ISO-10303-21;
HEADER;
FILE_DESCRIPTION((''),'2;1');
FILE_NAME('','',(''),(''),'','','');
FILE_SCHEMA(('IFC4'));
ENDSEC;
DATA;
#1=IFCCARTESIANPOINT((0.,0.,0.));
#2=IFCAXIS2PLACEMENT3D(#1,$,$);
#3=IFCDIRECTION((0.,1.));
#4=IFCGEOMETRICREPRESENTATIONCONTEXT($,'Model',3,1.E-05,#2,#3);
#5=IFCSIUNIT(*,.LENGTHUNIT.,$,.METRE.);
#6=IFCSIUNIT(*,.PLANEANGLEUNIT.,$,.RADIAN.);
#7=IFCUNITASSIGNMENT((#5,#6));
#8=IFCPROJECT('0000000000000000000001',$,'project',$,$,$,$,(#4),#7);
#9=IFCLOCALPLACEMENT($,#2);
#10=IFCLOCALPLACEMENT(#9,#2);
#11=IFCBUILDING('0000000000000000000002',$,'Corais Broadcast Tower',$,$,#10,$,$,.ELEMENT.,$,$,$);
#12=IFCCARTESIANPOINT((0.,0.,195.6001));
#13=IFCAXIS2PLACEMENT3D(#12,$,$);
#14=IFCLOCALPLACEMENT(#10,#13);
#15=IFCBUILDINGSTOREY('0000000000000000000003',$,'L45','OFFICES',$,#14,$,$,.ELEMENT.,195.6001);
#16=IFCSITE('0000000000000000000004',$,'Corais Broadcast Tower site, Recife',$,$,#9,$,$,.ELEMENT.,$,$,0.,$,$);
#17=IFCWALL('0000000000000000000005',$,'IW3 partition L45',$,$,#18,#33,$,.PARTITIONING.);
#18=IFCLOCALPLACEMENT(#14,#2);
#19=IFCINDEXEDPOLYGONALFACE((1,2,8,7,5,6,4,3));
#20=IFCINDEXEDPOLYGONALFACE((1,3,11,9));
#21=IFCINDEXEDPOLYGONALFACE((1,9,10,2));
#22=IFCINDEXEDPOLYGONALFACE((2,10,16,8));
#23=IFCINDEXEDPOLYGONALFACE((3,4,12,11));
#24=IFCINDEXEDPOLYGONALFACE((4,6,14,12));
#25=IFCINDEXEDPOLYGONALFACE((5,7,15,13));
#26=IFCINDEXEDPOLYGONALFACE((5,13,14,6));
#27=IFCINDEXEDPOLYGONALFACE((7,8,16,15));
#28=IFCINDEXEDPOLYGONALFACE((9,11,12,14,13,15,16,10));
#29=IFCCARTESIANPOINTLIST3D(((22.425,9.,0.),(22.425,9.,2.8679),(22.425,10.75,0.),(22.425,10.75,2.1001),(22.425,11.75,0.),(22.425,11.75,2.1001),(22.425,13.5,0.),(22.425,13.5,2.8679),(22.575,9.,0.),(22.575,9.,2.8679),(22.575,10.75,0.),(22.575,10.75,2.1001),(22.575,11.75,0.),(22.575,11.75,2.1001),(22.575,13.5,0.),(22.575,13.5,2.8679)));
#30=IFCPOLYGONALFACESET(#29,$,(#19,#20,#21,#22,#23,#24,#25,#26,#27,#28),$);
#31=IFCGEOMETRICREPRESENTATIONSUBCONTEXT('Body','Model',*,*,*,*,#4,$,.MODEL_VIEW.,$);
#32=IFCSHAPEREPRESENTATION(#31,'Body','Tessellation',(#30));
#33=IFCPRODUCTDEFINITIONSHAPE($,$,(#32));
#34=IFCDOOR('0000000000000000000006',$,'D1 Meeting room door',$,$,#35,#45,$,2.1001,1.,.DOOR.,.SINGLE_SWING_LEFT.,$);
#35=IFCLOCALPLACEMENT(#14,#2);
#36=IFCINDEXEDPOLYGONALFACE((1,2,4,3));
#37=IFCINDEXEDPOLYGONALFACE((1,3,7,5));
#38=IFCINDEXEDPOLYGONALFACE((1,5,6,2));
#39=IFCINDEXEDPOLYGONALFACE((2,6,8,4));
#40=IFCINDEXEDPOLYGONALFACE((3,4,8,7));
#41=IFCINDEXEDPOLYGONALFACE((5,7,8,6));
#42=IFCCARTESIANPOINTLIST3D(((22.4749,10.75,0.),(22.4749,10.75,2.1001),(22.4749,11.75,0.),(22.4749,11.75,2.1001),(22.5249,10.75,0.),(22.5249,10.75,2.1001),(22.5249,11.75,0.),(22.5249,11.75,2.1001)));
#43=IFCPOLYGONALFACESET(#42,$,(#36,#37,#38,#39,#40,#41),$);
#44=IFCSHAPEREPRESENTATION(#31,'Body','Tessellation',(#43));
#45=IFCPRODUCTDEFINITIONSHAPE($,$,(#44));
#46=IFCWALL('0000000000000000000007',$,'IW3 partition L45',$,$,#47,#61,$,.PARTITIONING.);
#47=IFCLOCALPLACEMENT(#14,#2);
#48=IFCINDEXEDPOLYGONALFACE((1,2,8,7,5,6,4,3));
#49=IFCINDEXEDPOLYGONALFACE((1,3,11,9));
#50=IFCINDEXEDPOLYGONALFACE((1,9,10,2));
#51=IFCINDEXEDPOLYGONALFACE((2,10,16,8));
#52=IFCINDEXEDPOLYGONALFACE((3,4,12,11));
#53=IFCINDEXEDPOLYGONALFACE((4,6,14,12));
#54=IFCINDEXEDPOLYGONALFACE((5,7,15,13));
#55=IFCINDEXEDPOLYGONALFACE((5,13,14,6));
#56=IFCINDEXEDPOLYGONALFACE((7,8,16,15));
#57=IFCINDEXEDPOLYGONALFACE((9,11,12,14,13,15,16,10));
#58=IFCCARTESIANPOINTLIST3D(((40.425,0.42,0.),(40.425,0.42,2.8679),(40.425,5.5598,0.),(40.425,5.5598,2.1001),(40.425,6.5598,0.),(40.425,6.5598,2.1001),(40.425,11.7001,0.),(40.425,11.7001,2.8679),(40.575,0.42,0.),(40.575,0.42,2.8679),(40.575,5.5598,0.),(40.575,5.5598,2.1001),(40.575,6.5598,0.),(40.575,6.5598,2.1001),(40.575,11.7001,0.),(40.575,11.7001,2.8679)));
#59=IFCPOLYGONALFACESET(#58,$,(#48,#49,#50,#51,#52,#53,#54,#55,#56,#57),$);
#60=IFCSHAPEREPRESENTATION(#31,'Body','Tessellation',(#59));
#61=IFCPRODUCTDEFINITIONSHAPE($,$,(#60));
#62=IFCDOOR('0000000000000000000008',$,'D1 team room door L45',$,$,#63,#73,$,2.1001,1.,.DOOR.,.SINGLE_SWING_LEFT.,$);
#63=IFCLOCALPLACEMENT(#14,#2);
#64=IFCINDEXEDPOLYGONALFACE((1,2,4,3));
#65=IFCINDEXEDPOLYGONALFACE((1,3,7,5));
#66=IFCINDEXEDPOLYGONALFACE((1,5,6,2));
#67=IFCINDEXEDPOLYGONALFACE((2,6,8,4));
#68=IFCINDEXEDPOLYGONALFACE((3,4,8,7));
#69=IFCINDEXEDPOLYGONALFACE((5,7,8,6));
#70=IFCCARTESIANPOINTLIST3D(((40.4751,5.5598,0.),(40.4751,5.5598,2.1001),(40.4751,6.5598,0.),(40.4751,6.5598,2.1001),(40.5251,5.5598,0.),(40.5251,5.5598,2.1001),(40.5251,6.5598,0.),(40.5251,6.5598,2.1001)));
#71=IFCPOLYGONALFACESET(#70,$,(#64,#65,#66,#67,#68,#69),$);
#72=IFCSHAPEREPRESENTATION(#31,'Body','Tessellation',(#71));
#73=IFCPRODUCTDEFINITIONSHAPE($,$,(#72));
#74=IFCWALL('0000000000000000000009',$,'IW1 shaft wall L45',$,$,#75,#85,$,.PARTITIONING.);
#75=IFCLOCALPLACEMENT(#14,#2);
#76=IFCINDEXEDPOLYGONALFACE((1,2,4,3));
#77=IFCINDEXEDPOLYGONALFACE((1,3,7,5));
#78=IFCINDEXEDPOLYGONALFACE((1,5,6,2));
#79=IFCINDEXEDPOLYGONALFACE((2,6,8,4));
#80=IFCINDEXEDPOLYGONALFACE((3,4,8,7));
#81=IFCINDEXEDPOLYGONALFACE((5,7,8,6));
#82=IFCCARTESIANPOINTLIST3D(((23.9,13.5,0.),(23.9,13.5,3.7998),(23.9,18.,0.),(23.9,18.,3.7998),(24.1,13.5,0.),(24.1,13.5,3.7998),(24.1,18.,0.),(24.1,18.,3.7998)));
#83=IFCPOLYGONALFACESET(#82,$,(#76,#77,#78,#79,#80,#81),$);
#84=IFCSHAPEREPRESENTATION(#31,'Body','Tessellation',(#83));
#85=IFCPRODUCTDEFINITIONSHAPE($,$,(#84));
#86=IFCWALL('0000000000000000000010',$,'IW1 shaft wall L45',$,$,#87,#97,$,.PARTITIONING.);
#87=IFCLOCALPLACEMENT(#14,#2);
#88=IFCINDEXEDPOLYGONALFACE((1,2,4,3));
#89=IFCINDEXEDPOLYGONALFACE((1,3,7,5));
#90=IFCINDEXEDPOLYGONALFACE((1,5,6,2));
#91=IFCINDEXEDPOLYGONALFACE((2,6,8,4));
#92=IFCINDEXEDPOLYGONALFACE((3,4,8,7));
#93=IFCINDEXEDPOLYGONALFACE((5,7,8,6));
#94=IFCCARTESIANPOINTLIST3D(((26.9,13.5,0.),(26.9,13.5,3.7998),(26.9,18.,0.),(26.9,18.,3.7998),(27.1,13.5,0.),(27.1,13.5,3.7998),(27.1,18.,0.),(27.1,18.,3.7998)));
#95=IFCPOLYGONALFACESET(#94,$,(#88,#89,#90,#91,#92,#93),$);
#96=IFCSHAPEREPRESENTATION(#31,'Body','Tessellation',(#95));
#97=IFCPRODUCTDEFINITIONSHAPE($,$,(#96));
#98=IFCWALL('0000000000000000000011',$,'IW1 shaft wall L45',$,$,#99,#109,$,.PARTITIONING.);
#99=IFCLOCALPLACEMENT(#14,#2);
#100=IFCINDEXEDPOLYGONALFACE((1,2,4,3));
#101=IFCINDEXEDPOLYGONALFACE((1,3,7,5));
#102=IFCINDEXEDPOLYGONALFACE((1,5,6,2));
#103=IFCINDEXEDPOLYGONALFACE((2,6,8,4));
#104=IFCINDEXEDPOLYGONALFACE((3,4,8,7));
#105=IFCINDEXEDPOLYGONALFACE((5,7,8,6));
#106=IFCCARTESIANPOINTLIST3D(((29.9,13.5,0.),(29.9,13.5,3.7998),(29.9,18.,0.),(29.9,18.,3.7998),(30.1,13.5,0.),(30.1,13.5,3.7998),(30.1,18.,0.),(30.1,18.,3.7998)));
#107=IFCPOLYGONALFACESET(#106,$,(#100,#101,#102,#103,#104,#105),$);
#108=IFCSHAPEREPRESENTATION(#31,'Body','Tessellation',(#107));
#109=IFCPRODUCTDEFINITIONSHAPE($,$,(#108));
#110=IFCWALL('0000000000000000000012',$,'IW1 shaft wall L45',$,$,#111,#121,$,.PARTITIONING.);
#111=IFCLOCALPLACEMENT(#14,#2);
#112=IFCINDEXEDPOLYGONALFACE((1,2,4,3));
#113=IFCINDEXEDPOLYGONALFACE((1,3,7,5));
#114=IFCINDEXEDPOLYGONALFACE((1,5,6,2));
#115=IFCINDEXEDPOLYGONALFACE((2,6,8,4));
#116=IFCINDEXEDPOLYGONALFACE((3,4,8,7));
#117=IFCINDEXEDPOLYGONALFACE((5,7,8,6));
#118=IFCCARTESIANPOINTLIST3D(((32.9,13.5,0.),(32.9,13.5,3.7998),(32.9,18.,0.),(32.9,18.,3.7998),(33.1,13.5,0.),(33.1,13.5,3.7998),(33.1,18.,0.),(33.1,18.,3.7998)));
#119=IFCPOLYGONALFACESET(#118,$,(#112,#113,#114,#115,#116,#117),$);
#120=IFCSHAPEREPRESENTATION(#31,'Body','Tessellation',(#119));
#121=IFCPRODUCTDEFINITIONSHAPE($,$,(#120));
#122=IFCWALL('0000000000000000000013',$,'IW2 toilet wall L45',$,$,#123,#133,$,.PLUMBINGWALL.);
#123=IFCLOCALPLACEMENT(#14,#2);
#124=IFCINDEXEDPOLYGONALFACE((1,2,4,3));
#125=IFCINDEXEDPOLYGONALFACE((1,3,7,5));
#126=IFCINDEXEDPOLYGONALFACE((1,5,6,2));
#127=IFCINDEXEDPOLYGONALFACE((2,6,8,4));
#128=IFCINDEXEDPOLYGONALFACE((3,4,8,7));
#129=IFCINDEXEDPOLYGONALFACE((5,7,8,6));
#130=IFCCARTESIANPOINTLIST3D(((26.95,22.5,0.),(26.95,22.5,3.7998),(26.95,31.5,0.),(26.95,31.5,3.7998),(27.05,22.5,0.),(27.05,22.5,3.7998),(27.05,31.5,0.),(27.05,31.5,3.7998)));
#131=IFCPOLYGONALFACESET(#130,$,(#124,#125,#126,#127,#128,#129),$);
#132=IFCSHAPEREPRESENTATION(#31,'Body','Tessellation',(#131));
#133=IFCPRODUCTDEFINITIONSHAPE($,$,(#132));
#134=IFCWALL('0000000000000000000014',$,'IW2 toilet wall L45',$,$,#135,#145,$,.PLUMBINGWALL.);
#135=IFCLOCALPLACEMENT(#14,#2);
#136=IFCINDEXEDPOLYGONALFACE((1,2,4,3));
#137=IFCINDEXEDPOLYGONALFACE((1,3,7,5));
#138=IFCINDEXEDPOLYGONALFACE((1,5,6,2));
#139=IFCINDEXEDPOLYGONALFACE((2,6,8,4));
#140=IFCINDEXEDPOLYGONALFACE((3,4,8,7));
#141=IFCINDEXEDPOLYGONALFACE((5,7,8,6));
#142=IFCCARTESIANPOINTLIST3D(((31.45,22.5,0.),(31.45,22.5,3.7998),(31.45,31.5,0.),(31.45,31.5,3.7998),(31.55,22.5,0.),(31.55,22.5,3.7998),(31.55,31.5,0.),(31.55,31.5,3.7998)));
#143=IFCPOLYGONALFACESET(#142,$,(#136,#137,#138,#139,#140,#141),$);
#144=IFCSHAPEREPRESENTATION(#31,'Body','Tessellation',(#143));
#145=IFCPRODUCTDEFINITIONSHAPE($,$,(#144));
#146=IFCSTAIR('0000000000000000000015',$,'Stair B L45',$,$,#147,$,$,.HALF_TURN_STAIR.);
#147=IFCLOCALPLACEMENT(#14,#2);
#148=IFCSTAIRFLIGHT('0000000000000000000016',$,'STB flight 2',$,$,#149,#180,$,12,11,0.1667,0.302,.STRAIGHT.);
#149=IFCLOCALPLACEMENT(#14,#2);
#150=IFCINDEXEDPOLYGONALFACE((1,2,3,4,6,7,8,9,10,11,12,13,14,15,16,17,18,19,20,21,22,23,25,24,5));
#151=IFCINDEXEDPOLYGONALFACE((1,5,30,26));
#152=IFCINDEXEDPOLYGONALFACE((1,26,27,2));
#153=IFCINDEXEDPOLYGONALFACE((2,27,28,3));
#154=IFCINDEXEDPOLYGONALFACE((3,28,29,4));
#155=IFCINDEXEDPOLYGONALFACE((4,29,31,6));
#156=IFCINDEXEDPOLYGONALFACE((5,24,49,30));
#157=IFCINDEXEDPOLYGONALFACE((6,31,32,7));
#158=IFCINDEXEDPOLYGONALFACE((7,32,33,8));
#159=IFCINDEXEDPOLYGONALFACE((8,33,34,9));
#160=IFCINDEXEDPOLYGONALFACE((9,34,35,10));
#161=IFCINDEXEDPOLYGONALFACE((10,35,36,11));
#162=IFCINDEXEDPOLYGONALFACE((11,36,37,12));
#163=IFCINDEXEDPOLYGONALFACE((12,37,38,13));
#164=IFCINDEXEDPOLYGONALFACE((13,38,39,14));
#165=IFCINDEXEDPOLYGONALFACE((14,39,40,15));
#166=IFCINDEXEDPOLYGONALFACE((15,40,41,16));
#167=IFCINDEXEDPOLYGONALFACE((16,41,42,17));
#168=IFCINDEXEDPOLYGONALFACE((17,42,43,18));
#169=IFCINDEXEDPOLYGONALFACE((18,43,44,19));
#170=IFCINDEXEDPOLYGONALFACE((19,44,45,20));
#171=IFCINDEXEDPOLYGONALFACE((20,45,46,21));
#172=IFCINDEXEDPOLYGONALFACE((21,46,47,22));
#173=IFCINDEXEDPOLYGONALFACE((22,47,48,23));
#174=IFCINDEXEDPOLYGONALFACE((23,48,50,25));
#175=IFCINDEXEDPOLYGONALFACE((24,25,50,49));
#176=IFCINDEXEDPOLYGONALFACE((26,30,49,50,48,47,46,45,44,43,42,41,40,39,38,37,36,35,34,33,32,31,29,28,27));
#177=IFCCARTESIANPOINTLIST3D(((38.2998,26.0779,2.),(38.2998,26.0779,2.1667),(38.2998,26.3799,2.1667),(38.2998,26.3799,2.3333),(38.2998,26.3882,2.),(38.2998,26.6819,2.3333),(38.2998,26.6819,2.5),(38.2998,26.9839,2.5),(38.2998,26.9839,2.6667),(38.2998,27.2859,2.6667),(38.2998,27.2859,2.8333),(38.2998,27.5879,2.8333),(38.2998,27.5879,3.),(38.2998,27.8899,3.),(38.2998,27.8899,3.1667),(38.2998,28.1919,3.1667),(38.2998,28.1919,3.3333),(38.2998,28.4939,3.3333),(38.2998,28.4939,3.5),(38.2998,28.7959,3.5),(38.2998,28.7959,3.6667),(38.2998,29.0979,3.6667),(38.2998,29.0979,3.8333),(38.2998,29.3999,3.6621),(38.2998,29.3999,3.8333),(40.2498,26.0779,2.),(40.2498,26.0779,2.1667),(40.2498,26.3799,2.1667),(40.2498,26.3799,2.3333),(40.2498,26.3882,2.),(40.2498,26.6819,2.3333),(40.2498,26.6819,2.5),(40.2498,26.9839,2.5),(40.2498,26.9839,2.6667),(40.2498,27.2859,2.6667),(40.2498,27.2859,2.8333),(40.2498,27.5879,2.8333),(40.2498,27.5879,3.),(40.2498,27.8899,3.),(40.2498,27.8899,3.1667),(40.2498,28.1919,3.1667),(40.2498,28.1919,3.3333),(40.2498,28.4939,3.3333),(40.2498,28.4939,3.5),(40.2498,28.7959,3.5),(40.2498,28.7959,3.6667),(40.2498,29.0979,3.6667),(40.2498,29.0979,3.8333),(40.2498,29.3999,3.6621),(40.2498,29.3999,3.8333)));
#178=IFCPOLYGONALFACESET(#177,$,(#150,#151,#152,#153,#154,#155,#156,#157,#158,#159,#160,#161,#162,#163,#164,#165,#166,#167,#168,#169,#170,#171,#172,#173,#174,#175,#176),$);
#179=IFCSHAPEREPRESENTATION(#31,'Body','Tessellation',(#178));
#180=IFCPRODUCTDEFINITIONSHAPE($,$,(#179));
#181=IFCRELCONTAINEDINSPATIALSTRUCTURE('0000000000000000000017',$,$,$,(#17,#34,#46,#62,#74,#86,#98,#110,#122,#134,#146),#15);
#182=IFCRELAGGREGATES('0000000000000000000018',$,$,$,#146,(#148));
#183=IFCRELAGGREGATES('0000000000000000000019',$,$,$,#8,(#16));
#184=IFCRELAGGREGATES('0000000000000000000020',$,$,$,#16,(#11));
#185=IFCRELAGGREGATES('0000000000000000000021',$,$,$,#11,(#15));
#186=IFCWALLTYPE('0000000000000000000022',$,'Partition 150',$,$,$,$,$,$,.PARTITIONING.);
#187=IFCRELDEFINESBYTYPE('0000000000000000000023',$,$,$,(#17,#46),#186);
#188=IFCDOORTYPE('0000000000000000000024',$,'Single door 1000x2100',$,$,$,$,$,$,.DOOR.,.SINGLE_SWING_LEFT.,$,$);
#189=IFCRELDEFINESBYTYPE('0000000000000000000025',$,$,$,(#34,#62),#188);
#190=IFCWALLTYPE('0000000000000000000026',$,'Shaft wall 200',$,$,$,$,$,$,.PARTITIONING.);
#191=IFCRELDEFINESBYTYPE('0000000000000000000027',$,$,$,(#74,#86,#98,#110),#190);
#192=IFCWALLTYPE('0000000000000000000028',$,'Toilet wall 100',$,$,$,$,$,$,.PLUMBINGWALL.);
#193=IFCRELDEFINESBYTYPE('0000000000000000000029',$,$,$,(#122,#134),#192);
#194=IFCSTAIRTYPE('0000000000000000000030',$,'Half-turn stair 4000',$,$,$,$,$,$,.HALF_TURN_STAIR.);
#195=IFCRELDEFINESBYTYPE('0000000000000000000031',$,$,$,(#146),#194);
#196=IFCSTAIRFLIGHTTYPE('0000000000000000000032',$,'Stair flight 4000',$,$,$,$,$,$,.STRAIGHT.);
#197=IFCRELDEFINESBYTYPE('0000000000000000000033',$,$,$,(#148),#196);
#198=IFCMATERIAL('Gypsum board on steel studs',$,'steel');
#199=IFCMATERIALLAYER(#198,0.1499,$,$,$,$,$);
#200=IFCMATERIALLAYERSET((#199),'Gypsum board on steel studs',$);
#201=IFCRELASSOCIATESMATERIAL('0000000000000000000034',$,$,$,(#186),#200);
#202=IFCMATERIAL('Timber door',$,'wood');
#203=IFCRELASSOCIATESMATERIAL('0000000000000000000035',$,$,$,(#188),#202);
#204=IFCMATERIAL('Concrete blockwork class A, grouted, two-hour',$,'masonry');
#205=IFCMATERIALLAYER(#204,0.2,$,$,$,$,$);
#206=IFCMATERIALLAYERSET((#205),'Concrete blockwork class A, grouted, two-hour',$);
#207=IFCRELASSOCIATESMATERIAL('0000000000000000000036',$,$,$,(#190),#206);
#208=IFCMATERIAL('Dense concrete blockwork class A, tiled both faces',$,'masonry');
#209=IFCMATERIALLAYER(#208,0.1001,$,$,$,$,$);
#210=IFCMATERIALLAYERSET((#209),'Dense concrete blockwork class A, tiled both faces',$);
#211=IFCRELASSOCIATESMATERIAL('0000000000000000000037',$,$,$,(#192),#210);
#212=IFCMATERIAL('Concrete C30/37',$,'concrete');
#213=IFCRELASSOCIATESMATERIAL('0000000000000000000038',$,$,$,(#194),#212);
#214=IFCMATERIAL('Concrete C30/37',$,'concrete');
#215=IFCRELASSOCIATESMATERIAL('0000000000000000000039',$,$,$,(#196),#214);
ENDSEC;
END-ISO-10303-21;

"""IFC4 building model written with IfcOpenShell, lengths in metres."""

from ifc_helpers import new_model, si_unit, direction, frame, frame_2d, origin, place, context, subcontext, project, spatial, polyline, rectangle, outline, extrude, material, layer, layer_set, type_object, element, fill, aggregate, save


model = new_model("IFC4")

# Units and contexts
model_context = context("Model", 3, precision=1e-05, world=origin(), true_north=direction((0.0, 1.0)))
body_context = subcontext(model_context, "Body", "Model", "MODEL_VIEW")
ifc_project = project(units=[si_unit("LENGTHUNIT", "METRE"), si_unit("PLANEANGLEUNIT", "RADIAN")], contexts=[model_context])

# Site, building, storey
site_placement = place(None, origin())
site = spatial("IfcSite", under=ifc_project, at=site_placement, Name="Corais Broadcast Tower site, Recife", CompositionType="ELEMENT", RefElevation=0.0)
building_placement = place(site_placement, origin())
building = spatial("IfcBuilding", under=site, at=building_placement, Name="Corais Broadcast Tower", CompositionType="ELEMENT")
storey_placement = place(building_placement, frame((0.0, 0.0, 195.6001)))
storey = spatial("IfcBuildingStorey", under=building, at=storey_placement, Name="L45", Description="OFFICES", CompositionType="ELEMENT", Elevation=195.6001)

# Shared definitions
ifc_material_1 = material(Name="Gypsum board on steel studs", Category="steel")
ifc_layer_1 = layer(ifc_material_1, 0.1499)
ifc_layer_set_1 = layer_set([ifc_layer_1], Name="Gypsum board on steel studs")
wall_type_1 = type_object("IfcWallType", Name="Partition 150", PredefinedType="PARTITIONING", material=ifc_layer_set_1)
ifc_material_2 = material(Name="Timber door", Category="wood")
door_type_1 = type_object("IfcDoorType", Name="Single door 1000x2100", OperationType="SINGLE_SWING_LEFT", PredefinedType="DOOR", material=ifc_material_2)

# Walls, openings, doors
wall_1_placement = place(storey_placement, frame((22.5, 13.5, 0.0), z_axis=(0.0, 0.0, 1.0), x_axis=(0.0, -1.0, 0.0)))
wall_1 = element("IfcWall", 1, at=wall_1_placement, inside=storey, type_object=wall_type_1, Name="IW3 partition L45", PredefinedType="PARTITIONING", context=body_context, shape_type="SweptSolid", body=[
    extrude(rectangle(XDim=4.5, YDim=0.1499, at=frame_2d((2.25, 0.0))), origin(), (0.0, 0.0, 1.0), 2.8679),
])
opening_1_placement = place(wall_1_placement, frame((1.75, 0.0, 0.0)))
opening_1 = element("IfcOpeningElement", 2, at=opening_1_placement, cuts=wall_1, PredefinedType="OPENING", context=body_context, shape_type="SweptSolid", body=[
    extrude(rectangle(XDim=1.0, YDim=2.1001, at=frame_2d((0.5, 1.05))), frame((0.0, 0.085, 0.0), z_axis=(0.0, -1.0, 0.0), x_axis=(1.0, 0.0, 0.0)), (0.0, 0.0, 1.0), 0.1699),
])
door_1_placement = place(opening_1_placement, origin())
door_1 = element("IfcDoor", 3, at=door_1_placement, inside=storey, type_object=door_type_1, Name="D1 Meeting room door", OperationType="SINGLE_SWING_LEFT", OverallHeight=2.1001, OverallWidth=1.0, PredefinedType="DOOR", context=body_context, shape_type="SweptSolid", body=[
    extrude(rectangle(XDim=1.0, YDim=2.1001, at=frame_2d((0.5, 1.05))), frame((0.0, 0.0249, 0.0), z_axis=(0.0, -1.0, 0.0), x_axis=(1.0, 0.0, 0.0)), (0.0, 0.0, 1.0), 0.05),
])
fill(opening_1, door_1)
wall_2_placement = place(storey_placement, frame((40.5, 0.4199, 0.0), z_axis=(0.0, 0.0, 1.0), x_axis=(0.0, 1.0, 0.0)))
wall_2 = element("IfcWall", 4, at=wall_2_placement, inside=storey, type_object=wall_type_1, Name="IW3 partition L45", PredefinedType="PARTITIONING", context=body_context, shape_type="SweptSolid", body=[
    extrude(rectangle(XDim=11.28, YDim=0.1499, at=frame_2d((5.6401, 0.0))), origin(), (0.0, 0.0, 1.0), 2.8679),
])
opening_2_placement = place(wall_2_placement, frame((5.1399, 0.0, 0.0)))
opening_2 = element("IfcOpeningElement", 5, at=opening_2_placement, cuts=wall_2, PredefinedType="OPENING", context=body_context, shape_type="SweptSolid", body=[
    extrude(rectangle(XDim=1.0, YDim=2.1001, at=frame_2d((0.5, 1.05))), frame((0.0, 0.085, 0.0), z_axis=(0.0, -1.0, 0.0), x_axis=(1.0, 0.0, 0.0)), (0.0, 0.0, 1.0), 0.1699),
])
door_2_placement = place(opening_2_placement, origin())
door_2 = element("IfcDoor", 6, at=door_2_placement, inside=storey, type_object=door_type_1, Name="D1 team room door L45", OperationType="SINGLE_SWING_LEFT", OverallHeight=2.1001, OverallWidth=1.0, PredefinedType="DOOR", context=body_context, shape_type="SweptSolid", body=[
    extrude(rectangle(XDim=1.0, YDim=2.1001, at=frame_2d((0.5, 1.05))), frame((0.0, 0.0249, 0.0), z_axis=(0.0, -1.0, 0.0), x_axis=(1.0, 0.0, 0.0)), (0.0, 0.0, 1.0), 0.05),
])
fill(opening_2, door_2)

# Walls
ifc_material_3 = material(Name="Concrete blockwork class A, grouted, two-hour", Category="masonry")
ifc_layer_2 = layer(ifc_material_3, 0.2)
ifc_layer_set_2 = layer_set([ifc_layer_2], Name="Concrete blockwork class A, grouted, two-hour")
wall_type_2 = type_object("IfcWallType", Name="Shaft wall 200", PredefinedType="PARTITIONING", material=ifc_layer_set_2)
for number, where, z_axis, x_axis, name in (
    (7, (24.0, 13.5, 0.0), (0.0, 0.0, 1.0), (0.0, 1.0, 0.0), "IW1 shaft wall L45"),
    (8, (27.0, 13.5, 0.0), (0.0, 0.0, 1.0), (0.0, 1.0, 0.0), "IW1 shaft wall L45"),
    (9, (30.0, 13.5, 0.0), (0.0, 0.0, 1.0), (0.0, 1.0, 0.0), "IW1 shaft wall L45"),
    (10, (33.0, 13.5, 0.0), (0.0, 0.0, 1.0), (0.0, 1.0, 0.0), "IW1 shaft wall L45"),
):
    element("IfcWall", number, at=place(storey_placement, frame(where, z_axis=z_axis, x_axis=x_axis)), inside=storey, type_object=wall_type_2, Name=name, PredefinedType="PARTITIONING", context=body_context, shape_type="SweptSolid", body=[
        extrude(rectangle(XDim=4.5, YDim=0.2, at=frame_2d((2.25, 0.0))), origin(), (0.0, 0.0, 1.0), 3.7998),
    ])
ifc_material_4 = material(Name="Dense concrete blockwork class A, tiled both faces", Category="masonry")
ifc_layer_3 = layer(ifc_material_4, 0.1001)
ifc_layer_set_3 = layer_set([ifc_layer_3], Name="Dense concrete blockwork class A, tiled both faces")
wall_type_3 = type_object("IfcWallType", Name="Toilet wall 100", PredefinedType="PLUMBINGWALL", material=ifc_layer_set_3)
for number, where, z_axis, x_axis, name in (
    (11, (27.0, 22.5, 0.0), (0.0, 0.0, 1.0), (0.0, 1.0, 0.0), "IW2 toilet wall L45"),
    (12, (31.5, 22.5, 0.0), (0.0, 0.0, 1.0), (0.0, 1.0, 0.0), "IW2 toilet wall L45"),
):
    element("IfcWall", number, at=place(storey_placement, frame(where, z_axis=z_axis, x_axis=x_axis)), inside=storey, type_object=wall_type_3, Name=name, PredefinedType="PLUMBINGWALL", context=body_context, shape_type="SweptSolid", body=[
        extrude(rectangle(XDim=9.0, YDim=0.1001, at=frame_2d((4.5, 0.0))), origin(), (0.0, 0.0, 1.0), 3.7998),
    ])

# Stair, stair flight
ifc_material_5 = material(Name="Concrete C30/37", Category="concrete")
stair_type = type_object("IfcStairType", Name="Half-turn stair 4000", PredefinedType="HALF_TURN_STAIR", material=ifc_material_5)
stair_placement = place(storey_placement, origin())
stair = element("IfcStair", 13, at=stair_placement, inside=storey, type_object=stair_type, Name="Stair B L45", PredefinedType="HALF_TURN_STAIR")
ifc_material_6 = material(Name="Concrete C30/37", Category="concrete")
stair_flight_type = type_object("IfcStairFlightType", Name="Stair flight 4000", PredefinedType="STRAIGHT", material=ifc_material_6)
stair_flight_placement = place(storey_placement, frame((39.2749, 26.0779, 2.0), z_axis=(0.0, 0.0, 1.0), x_axis=(0.0, 1.0, 0.0)))
stair_flight = element("IfcStairFlight", 14, at=stair_flight_placement, type_object=stair_flight_type, Name="STB flight 2", NumberOfRisers=12, NumberOfTreads=11, PredefinedType="STRAIGHT", RiserHeight=0.1667, TreadLength=0.302, context=body_context, shape_type="SweptSolid", body=[
    extrude(outline(polyline([(0.0, 0.0), (0.0, 0.1667), (0.302, 0.1667), (0.302, 0.3333), (0.604, 0.3333), (0.604, 0.5), (0.906, 0.5), (0.906, 0.6667), (1.208, 0.6667), (1.208, 0.8333), (1.51, 0.8333), (1.51, 1.0), (1.812, 1.0), (1.812, 1.1667), (2.114, 1.1667), (2.114, 1.3333), (2.416, 1.3333), (2.416, 1.5), (2.718, 1.5), (2.718, 1.6667), (3.02, 1.6667), (3.02, 1.8333), (3.322, 1.8333), (3.322, 2.0), (3.322, 1.6621), (0.3103, 0.0), (0.0, 0.0)])), frame((0.0, 0.9751, 0.0), z_axis=(0.0, -1.0, 0.0), x_axis=(1.0, 0.0, 0.0)), (0.0, 0.0, 1.0), 1.95),
])
aggregate(stair, [stair_flight])

save(model, "model.ifc")
